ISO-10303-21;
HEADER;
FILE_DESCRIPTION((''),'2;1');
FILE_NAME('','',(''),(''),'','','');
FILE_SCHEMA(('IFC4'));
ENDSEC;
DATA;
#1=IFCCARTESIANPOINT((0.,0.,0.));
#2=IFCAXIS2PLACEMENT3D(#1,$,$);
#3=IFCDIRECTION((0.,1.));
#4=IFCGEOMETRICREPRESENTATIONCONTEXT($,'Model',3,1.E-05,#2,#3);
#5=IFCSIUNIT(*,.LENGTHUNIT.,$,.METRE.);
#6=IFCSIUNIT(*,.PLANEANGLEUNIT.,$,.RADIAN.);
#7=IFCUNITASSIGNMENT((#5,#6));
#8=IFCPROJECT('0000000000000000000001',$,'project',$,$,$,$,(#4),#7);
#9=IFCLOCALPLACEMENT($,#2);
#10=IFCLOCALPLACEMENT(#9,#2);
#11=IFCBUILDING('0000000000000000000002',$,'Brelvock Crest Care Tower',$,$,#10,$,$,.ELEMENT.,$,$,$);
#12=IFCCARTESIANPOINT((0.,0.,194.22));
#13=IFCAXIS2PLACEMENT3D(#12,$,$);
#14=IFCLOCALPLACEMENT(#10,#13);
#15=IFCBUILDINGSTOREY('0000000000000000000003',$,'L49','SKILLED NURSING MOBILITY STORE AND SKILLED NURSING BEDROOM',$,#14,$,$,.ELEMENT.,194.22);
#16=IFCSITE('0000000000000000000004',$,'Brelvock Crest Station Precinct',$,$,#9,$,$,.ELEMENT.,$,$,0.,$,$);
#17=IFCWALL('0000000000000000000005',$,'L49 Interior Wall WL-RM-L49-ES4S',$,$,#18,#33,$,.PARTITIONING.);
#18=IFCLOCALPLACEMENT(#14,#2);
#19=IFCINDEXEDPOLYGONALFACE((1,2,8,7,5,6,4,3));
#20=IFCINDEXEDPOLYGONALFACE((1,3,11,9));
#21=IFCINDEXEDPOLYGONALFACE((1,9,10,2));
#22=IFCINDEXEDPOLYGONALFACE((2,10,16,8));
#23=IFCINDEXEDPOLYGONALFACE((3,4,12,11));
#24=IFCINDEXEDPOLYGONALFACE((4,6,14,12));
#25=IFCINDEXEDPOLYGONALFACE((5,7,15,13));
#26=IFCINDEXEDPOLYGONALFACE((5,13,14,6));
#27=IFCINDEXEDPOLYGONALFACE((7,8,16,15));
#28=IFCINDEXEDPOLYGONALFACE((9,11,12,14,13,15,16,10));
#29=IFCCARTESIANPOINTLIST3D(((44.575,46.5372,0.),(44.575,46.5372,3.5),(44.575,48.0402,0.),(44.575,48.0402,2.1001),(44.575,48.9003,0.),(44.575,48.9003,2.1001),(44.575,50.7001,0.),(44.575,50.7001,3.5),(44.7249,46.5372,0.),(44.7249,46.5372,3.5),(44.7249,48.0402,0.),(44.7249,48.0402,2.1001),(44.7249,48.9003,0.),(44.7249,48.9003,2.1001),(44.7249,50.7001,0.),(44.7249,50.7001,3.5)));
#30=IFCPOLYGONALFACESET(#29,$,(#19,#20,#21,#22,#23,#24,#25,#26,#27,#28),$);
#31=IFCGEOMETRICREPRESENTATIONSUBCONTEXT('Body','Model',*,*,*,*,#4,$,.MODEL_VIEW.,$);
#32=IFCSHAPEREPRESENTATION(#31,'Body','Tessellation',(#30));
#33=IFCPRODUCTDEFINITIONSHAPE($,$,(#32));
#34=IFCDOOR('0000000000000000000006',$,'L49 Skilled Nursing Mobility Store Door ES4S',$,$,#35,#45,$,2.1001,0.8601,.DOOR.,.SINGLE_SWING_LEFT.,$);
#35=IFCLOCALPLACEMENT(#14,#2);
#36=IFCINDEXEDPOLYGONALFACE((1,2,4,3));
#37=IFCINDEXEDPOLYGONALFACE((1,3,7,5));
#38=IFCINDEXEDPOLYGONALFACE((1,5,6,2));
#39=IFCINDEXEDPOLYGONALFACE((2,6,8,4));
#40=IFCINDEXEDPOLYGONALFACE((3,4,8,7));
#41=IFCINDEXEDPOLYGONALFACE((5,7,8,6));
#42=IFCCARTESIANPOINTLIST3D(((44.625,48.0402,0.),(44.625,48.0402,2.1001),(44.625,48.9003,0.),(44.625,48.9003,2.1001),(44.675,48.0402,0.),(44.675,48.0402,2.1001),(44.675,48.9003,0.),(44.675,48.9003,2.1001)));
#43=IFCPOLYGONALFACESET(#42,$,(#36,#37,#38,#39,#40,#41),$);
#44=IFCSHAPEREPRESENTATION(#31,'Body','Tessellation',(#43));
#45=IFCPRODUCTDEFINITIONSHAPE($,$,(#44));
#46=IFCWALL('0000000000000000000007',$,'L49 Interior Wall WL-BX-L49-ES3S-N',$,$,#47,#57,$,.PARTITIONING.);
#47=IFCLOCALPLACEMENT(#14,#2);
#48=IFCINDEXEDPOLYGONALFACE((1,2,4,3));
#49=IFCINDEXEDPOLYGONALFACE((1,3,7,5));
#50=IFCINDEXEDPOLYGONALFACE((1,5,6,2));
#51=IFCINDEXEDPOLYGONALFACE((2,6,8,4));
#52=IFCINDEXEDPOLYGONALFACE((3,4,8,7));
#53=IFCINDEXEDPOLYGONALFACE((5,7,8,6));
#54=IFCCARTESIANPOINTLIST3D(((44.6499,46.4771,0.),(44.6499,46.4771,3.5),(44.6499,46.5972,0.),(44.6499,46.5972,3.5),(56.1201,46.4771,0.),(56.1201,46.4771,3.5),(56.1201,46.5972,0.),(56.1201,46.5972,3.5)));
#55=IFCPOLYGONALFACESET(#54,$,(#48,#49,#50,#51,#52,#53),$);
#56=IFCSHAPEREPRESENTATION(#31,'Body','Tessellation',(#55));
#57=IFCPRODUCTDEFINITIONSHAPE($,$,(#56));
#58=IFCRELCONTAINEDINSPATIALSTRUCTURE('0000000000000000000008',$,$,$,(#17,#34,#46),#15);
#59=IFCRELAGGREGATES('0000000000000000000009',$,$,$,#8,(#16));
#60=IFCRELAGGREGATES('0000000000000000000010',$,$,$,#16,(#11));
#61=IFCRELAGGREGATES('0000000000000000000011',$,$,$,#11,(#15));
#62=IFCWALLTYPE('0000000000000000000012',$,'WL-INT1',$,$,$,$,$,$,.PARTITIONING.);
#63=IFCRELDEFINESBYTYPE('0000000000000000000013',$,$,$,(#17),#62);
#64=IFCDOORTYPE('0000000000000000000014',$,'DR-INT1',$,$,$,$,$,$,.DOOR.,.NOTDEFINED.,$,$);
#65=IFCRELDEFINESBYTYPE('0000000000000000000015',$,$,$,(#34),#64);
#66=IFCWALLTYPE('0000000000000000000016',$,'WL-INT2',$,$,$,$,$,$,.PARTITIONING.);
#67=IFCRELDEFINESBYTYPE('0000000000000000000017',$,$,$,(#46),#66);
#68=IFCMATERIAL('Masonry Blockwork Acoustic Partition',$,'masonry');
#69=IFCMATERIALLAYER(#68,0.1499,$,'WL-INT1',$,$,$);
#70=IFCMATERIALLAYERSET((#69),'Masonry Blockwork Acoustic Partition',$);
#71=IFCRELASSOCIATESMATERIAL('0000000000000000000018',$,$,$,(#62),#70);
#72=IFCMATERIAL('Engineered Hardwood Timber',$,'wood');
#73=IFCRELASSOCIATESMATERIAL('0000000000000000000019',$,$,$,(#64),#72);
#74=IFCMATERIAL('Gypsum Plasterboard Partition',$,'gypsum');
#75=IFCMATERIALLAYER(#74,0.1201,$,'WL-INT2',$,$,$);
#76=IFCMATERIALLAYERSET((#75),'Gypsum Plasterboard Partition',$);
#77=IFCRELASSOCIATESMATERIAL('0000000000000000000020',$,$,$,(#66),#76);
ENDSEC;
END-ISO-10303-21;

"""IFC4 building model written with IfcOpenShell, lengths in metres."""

from ifc_helpers import new_model, si_unit, direction, frame, frame_2d, origin, origin_2d, place, context, subcontext, project, spatial, rectangle, extrude, source, transform, mapped, material, layer, layer_set, type_object, element, fill, save


model = new_model("IFC4")

# Units and contexts
model_context = context("Model", 3, precision=1e-05, world=origin(), true_north=direction((0.0, 1.0)))
body_context = subcontext(model_context, "Body", "Model", "MODEL_VIEW")
ifc_project = project(units=[si_unit("LENGTHUNIT", "METRE"), si_unit("PLANEANGLEUNIT", "RADIAN")], contexts=[model_context])

# Site, building, storey
site_placement = place(None, origin())
site = spatial("IfcSite", under=ifc_project, at=site_placement, Name="Brelvock Crest Station Precinct", CompositionType="ELEMENT", RefElevation=0.0)
building_placement = place(site_placement, origin())
building = spatial("IfcBuilding", under=site, at=building_placement, Name="Brelvock Crest Care Tower", CompositionType="ELEMENT")
storey_placement = place(building_placement, frame((0.0, 0.0, 194.22)))
storey = spatial("IfcBuildingStorey", under=building, at=storey_placement, Name="L49", Description="SKILLED NURSING MOBILITY STORE AND SKILLED NURSING BEDROOM", CompositionType="ELEMENT", Elevation=194.22)

# Wall, opening, door
ifc_material_1 = material(Name="Masonry Blockwork Acoustic Partition", Category="masonry")
ifc_layer_1 = layer(ifc_material_1, 0.1499, Name="WL-INT1")
ifc_layer_set_1 = layer_set([ifc_layer_1], Name="Masonry Blockwork Acoustic Partition")
wall_type_1 = type_object("IfcWallType", Name="WL-INT1", PredefinedType="PARTITIONING", material=ifc_layer_set_1)
ifc_material_2 = material(Name="Engineered Hardwood Timber", Category="wood")
door_type_1 = type_object("IfcDoorType", Name="DR-INT1", OperationType="NOTDEFINED", PredefinedType="DOOR", material=ifc_material_2)
shared_shape_1 = source(origin(), body_context, "Body", "SweptSolid", [
    extrude(rectangle(XDim=0.8601, YDim=2.1001, at=origin_2d()), frame((0.4302, 0.0249, 1.05), z_axis=(0.0, -1.0, 0.0), x_axis=(1.0, 0.0, 0.0)), (0.0, 0.0, 1.0), 0.05),
])
wall_1_placement = place(storey_placement, frame((44.6499, 46.5371, 0.0), z_axis=(0.0, 0.0, 1.0), x_axis=(0.0, 1.0, 0.0)))
wall_1 = element("IfcWall", 1, at=wall_1_placement, inside=storey, type_object=wall_type_1, Name="L49 Interior Wall WL-RM-L49-ES4S", PredefinedType="PARTITIONING", context=body_context, shape_type="SweptSolid", body=[
    extrude(rectangle(XDim=4.1628, YDim=0.1499, at=frame_2d((2.0815, 0.0))), origin(), (0.0, 0.0, 1.0), 3.5),
])
opening_1_placement = place(wall_1_placement, frame((1.5029, 0.0, 0.0)))
opening_1 = element("IfcOpeningElement", 2, at=opening_1_placement, cuts=wall_1, PredefinedType="OPENING", context=body_context, shape_type="SweptSolid", body=[
    extrude(rectangle(XDim=0.8601, YDim=2.1001, at=origin_2d()), frame((0.4302, 0.085, 1.05), z_axis=(0.0, -1.0, 0.0), x_axis=(1.0, 0.0, 0.0)), (0.0, 0.0, 1.0), 0.1699),
])
door_1_placement = place(opening_1_placement, origin())
door_1 = element("IfcDoor", 3, at=door_1_placement, inside=storey, type_object=door_type_1, Name="L49 Skilled Nursing Mobility Store Door ES4S", OperationType="SINGLE_SWING_LEFT", OverallHeight=2.1001, OverallWidth=0.8601, PredefinedType="DOOR", context=body_context, shape_type="MappedRepresentation", body=[
    mapped(shared_shape_1, transform((0.0, 0.0, 0.0), x_axis=(1.0, 0.0, 0.0), y_axis=(0.0, 1.0, 0.0), z_axis=(0.0, 0.0, 1.0), scale=1.0)),
])
fill(opening_1, door_1)

# Wall
ifc_material_3 = material(Name="Gypsum Plasterboard Partition", Category="gypsum")
ifc_layer_2 = layer(ifc_material_3, 0.1201, Name="WL-INT2")
ifc_layer_set_2 = layer_set([ifc_layer_2], Name="Gypsum Plasterboard Partition")
wall_type_2 = type_object("IfcWallType", Name="WL-INT2", PredefinedType="PARTITIONING", material=ifc_layer_set_2)
wall_2_placement = place(storey_placement, frame((44.6499, 46.5371, 0.0), z_axis=(0.0, 0.0, 1.0), x_axis=(1.0, 0.0, 0.0)))
element("IfcWall", 4, at=wall_2_placement, inside=storey, type_object=wall_type_2, Name="L49 Interior Wall WL-BX-L49-ES3S-N", PredefinedType="PARTITIONING", context=body_context, shape_type="SweptSolid", body=[
    extrude(rectangle(XDim=11.4702, YDim=0.1201, at=frame_2d((5.7351, 0.0))), origin(), (0.0, 0.0, 1.0), 3.5),
])

save(model, "model.ifc")
